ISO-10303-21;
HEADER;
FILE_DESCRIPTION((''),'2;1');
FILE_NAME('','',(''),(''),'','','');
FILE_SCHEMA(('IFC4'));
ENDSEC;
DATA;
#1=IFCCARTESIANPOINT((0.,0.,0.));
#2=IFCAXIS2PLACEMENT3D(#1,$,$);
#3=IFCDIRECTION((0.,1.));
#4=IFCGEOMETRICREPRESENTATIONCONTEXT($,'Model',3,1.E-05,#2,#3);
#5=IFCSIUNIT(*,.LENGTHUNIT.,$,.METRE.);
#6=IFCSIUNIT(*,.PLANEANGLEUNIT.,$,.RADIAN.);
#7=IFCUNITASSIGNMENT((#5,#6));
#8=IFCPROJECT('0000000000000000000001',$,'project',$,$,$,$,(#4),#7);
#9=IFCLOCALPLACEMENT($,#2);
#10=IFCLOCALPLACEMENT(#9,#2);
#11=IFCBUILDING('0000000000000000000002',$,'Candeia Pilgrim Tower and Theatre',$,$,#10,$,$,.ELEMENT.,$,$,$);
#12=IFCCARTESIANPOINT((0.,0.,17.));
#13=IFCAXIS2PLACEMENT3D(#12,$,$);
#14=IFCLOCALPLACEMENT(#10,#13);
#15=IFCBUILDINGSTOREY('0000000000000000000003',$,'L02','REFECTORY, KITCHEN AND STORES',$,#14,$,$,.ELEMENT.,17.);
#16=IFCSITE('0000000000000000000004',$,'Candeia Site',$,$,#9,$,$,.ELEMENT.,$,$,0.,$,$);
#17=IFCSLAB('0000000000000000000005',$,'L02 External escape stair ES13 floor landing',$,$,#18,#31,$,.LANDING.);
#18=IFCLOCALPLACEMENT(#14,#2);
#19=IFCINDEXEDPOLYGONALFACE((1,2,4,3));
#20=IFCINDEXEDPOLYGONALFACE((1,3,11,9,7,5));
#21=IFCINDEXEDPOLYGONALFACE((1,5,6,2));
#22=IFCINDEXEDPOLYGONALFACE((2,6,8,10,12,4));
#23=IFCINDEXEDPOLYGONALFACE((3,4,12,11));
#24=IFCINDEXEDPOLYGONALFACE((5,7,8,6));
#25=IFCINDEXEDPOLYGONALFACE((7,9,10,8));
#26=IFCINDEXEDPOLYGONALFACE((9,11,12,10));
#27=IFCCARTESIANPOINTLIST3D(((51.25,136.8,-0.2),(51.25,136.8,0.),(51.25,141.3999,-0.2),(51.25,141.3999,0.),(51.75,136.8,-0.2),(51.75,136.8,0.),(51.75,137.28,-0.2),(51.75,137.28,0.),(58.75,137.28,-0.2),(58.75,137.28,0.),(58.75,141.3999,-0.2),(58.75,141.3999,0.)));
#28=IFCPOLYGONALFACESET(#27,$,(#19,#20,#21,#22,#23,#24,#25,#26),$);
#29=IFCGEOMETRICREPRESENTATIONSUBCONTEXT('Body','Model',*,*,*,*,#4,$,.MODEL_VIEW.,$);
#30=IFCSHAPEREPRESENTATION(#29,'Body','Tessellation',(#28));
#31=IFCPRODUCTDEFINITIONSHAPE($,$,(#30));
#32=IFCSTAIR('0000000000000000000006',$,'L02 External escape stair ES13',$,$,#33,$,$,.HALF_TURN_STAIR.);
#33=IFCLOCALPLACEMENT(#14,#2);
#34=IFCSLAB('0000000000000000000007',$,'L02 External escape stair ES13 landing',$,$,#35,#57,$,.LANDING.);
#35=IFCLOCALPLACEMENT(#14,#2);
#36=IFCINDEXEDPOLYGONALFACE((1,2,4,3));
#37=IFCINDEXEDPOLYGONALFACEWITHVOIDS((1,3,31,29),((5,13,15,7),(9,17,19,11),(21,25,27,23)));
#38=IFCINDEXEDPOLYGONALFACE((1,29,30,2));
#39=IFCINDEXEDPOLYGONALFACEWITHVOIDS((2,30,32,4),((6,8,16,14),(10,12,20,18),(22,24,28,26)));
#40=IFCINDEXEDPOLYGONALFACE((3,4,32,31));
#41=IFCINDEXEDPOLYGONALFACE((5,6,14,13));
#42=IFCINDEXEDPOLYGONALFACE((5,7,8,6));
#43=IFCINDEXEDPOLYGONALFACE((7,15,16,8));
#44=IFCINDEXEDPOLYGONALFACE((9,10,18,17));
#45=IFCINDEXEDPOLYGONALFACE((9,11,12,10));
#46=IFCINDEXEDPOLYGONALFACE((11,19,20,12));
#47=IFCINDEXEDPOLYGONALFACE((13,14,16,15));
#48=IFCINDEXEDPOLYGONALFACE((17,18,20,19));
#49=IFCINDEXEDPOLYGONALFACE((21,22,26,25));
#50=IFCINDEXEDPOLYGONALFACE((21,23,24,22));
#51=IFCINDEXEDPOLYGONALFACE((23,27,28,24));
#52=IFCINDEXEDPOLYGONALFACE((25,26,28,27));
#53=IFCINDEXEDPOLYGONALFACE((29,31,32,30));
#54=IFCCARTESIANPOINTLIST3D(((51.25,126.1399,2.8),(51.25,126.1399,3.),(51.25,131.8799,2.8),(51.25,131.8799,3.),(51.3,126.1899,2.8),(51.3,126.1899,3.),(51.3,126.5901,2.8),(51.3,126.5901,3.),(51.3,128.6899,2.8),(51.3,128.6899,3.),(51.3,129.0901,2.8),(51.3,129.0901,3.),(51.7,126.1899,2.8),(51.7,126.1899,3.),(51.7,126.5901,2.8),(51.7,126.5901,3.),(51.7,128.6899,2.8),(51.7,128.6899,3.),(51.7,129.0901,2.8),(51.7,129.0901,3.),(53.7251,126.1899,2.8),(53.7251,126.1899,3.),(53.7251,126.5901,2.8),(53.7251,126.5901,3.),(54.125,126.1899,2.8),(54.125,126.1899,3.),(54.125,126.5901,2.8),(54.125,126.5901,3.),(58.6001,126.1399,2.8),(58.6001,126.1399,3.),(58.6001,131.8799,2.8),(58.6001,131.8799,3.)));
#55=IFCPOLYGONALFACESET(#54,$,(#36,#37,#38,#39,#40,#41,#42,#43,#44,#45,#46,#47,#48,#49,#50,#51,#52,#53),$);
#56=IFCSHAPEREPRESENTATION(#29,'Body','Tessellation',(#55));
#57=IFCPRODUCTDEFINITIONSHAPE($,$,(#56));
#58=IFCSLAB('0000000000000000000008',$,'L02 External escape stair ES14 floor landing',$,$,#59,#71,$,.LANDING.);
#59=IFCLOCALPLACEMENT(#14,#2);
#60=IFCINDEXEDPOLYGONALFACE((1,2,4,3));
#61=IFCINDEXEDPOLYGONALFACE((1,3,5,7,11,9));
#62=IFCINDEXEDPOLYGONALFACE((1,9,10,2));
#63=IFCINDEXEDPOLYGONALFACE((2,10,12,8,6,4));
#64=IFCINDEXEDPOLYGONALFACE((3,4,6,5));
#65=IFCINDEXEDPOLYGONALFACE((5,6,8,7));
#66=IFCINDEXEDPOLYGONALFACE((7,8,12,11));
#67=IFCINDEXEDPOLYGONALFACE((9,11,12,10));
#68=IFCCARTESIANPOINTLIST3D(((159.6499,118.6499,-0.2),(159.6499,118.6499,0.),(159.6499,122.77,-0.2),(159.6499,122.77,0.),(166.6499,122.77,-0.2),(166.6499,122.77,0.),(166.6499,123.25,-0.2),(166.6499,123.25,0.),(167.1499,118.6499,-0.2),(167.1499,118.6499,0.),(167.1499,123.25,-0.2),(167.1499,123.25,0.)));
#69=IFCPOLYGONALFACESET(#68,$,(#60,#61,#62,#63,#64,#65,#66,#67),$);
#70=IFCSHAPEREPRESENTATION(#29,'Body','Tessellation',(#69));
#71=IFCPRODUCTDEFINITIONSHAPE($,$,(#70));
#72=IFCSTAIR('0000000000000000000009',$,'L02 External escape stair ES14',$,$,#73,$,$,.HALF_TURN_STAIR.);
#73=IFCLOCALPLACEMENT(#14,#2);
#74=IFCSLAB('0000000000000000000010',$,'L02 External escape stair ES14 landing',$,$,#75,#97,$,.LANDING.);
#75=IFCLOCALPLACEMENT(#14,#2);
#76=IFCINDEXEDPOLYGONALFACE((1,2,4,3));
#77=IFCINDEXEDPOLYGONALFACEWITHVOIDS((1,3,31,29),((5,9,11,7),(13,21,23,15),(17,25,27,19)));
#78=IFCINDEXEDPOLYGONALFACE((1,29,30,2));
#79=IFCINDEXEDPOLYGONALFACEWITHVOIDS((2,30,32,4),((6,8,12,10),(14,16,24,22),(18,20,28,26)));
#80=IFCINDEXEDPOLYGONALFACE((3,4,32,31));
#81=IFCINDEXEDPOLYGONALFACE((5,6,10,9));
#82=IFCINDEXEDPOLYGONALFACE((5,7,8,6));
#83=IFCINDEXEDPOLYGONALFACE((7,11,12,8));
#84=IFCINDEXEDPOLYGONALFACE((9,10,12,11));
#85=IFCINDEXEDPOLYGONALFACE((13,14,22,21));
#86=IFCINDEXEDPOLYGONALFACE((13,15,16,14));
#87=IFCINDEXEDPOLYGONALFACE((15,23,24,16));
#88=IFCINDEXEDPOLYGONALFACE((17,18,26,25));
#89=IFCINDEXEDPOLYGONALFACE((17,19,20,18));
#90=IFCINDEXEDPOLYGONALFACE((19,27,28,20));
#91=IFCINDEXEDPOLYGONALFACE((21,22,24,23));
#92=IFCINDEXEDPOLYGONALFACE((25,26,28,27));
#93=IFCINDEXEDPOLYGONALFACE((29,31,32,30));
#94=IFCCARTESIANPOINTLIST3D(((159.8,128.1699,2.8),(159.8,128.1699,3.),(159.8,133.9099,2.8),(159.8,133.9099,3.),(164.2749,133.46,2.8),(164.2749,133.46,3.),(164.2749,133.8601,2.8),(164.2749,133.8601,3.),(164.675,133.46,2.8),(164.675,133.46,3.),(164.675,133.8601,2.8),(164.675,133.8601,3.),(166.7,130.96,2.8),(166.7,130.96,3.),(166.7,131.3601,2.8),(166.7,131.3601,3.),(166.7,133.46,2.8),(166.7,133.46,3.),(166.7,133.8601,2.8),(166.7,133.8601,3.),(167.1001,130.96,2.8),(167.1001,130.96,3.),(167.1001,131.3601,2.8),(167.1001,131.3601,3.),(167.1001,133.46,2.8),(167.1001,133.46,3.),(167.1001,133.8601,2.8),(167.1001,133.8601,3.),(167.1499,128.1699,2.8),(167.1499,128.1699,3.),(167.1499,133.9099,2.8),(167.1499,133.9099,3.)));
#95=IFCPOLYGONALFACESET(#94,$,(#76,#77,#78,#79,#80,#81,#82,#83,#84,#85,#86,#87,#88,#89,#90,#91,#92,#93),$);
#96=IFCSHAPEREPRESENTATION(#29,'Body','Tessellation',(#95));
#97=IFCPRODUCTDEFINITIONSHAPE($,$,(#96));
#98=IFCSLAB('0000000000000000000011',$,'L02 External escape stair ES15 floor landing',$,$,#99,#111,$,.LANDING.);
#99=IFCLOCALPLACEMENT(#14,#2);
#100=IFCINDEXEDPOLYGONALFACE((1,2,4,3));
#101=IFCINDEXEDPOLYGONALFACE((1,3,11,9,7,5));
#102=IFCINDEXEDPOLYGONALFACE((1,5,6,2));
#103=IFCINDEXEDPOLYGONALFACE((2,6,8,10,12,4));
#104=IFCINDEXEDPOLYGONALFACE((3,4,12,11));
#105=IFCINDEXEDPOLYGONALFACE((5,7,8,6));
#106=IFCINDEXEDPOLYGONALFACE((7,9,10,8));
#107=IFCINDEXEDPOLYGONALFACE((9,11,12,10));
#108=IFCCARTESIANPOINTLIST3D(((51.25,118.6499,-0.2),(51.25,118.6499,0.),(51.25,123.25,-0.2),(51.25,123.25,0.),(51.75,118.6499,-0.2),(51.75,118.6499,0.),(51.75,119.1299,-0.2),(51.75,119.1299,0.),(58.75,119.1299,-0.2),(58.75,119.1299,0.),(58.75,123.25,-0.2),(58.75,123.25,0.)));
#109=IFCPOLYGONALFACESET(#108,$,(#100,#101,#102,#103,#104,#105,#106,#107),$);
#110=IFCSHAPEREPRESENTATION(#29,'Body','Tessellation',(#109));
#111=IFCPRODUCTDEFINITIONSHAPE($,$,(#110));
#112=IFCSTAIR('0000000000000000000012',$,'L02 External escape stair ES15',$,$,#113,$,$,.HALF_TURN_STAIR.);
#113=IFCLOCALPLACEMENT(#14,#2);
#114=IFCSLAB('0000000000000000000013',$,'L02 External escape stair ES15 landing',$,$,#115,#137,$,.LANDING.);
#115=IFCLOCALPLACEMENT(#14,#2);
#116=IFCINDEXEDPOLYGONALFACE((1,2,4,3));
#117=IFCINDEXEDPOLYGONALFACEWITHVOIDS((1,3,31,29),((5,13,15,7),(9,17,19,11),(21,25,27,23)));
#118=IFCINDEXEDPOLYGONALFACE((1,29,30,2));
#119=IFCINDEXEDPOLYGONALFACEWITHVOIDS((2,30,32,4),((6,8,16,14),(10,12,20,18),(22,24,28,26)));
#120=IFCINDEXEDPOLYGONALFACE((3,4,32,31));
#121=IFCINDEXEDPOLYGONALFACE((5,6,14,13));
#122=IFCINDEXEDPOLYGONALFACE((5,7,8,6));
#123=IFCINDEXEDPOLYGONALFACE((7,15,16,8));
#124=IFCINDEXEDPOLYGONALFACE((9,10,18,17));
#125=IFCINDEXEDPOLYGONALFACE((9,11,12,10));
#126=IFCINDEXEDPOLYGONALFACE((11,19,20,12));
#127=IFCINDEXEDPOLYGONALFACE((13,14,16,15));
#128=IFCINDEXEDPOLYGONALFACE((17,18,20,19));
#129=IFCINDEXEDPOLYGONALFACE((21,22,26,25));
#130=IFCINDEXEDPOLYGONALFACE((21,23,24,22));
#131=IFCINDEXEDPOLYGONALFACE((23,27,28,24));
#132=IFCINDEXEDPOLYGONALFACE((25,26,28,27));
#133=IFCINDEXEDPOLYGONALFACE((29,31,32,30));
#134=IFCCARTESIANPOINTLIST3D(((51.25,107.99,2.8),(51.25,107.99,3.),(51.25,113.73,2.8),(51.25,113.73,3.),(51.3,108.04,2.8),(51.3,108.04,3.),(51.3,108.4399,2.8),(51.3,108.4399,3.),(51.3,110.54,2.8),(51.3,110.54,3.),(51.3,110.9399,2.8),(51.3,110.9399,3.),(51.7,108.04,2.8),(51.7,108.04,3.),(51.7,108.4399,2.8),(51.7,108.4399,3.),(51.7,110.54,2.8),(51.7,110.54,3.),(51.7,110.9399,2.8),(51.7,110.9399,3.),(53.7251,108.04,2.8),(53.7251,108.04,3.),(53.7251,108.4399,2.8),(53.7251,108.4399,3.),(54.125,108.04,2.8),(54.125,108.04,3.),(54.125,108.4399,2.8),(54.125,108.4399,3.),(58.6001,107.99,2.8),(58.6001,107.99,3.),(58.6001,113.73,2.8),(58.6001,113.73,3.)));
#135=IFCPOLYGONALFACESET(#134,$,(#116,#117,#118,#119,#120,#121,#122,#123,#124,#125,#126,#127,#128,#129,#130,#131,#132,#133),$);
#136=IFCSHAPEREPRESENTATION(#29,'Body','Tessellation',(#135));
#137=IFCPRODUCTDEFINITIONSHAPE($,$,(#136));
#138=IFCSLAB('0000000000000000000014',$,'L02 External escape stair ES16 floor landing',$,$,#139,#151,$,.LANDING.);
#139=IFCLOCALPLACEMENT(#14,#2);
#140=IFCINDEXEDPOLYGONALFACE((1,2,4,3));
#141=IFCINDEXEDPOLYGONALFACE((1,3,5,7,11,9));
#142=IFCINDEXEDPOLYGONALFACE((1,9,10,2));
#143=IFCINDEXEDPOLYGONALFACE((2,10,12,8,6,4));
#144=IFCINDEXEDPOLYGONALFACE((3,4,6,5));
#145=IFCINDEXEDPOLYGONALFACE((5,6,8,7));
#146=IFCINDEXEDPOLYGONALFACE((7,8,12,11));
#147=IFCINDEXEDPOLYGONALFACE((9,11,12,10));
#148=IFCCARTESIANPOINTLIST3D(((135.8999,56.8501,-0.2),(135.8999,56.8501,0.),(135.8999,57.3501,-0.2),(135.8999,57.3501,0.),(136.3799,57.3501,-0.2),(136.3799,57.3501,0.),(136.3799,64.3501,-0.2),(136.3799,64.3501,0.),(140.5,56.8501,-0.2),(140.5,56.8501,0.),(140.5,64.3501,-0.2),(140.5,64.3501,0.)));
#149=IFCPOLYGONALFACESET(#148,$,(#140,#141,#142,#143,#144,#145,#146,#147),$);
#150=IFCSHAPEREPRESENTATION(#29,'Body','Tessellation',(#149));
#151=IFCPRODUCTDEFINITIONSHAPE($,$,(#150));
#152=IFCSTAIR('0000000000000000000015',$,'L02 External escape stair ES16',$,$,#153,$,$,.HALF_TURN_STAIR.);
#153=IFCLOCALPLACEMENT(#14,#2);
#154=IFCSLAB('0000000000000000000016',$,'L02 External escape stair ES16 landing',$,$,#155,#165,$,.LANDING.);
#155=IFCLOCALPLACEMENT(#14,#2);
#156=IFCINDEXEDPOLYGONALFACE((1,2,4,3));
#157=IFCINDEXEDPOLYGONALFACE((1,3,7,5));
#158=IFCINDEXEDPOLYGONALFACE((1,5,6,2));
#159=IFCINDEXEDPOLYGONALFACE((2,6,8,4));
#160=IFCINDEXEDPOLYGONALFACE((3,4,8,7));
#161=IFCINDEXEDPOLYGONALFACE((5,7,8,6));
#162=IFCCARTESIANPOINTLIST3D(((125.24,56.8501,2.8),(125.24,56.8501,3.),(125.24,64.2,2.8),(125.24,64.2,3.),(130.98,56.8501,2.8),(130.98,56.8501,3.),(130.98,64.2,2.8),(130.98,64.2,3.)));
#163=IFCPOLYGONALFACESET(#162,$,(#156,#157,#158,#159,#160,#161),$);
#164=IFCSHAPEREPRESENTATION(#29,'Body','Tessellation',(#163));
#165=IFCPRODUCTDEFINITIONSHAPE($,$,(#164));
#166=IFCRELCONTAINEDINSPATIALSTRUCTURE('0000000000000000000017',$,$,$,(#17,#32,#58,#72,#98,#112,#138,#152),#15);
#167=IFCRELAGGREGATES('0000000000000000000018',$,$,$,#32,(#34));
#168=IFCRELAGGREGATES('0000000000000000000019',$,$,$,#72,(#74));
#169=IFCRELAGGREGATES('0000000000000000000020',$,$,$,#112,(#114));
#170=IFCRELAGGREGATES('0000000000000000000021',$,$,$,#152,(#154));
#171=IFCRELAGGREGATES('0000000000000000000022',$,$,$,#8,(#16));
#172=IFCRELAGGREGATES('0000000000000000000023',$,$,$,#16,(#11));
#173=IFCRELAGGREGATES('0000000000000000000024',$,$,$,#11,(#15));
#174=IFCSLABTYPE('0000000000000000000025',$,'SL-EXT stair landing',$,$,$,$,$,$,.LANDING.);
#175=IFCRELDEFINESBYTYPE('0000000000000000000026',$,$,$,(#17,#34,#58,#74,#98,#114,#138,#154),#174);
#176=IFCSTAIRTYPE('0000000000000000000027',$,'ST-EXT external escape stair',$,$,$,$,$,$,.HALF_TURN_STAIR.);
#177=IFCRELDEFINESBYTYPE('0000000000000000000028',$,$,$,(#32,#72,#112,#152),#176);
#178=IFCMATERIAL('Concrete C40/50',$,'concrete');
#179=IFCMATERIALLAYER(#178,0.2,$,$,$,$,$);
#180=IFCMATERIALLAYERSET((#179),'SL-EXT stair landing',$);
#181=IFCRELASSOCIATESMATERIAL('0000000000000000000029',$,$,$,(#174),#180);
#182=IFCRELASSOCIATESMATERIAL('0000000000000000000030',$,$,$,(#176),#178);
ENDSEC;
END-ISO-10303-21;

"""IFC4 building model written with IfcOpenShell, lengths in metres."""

from ifc_helpers import new_model, si_unit, direction, frame, origin, place, context, subcontext, project, spatial, polyline, outline, extrude, material, layer, layer_set, type_object, element, aggregate, save


model = new_model("IFC4")

# Units and contexts
model_context = context("Model", 3, precision=1e-05, world=origin(), true_north=direction((0.0, 1.0)))
body_context = subcontext(model_context, "Body", "Model", "MODEL_VIEW")
ifc_project = project(units=[si_unit("LENGTHUNIT", "METRE"), si_unit("PLANEANGLEUNIT", "RADIAN")], contexts=[model_context])

# Site, building, storey
site_placement = place(None, origin())
site = spatial("IfcSite", under=ifc_project, at=site_placement, Name="Candeia Site", CompositionType="ELEMENT", RefElevation=0.0)
building_placement = place(site_placement, origin())
building = spatial("IfcBuilding", under=site, at=building_placement, Name="Candeia Pilgrim Tower and Theatre", CompositionType="ELEMENT")
storey_placement = place(building_placement, frame((0.0, 0.0, 17.0)))
storey = spatial("IfcBuildingStorey", under=building, at=storey_placement, Name="L02", Description="REFECTORY, KITCHEN AND STORES", CompositionType="ELEMENT", Elevation=17.0)

# Shared definitions
ifc_material_1 = material(Name="Concrete C40/50", Category="concrete")

# Shared definitions
ifc_layer = layer(ifc_material_1, 0.2)
ifc_layer_set = layer_set([ifc_layer], Name="SL-EXT stair landing")
slab_type = type_object("IfcSlabType", Name="SL-EXT stair landing", PredefinedType="LANDING", material=ifc_layer_set)

# Shared definitions
stair_type = type_object("IfcStairType", Name="ST-EXT external escape stair", PredefinedType="HALF_TURN_STAIR", material=ifc_material_1)

# Slab
slab_1_placement = place(storey_placement, frame((0.0, 0.0, -0.2)))
element("IfcSlab", 1, at=slab_1_placement, inside=storey, type_object=slab_type, Name="L02 External escape stair ES13 floor landing", PredefinedType="LANDING", context=body_context, shape_type="SweptSolid", body=[
    extrude(outline(polyline([(58.75, 141.3999), (58.75, 137.28), (51.75, 137.28), (51.75, 136.8), (51.25, 136.8), (51.25, 141.3999), (58.75, 141.3999)])), origin(), (0.0, 0.0, 1.0), 0.2),
])

# Stair, slab
stair_1_placement = place(storey_placement, origin())
stair_1 = element("IfcStair", 2, at=stair_1_placement, inside=storey, type_object=stair_type, Name="L02 External escape stair ES13", PredefinedType="HALF_TURN_STAIR")
slab_2_placement = place(storey_placement, frame((0.0, 0.0, 2.8)))
slab_2 = element("IfcSlab", 3, at=slab_2_placement, type_object=slab_type, Name="L02 External escape stair ES13 landing", PredefinedType="LANDING", context=body_context, shape_type="SweptSolid", body=[
    extrude(outline(polyline([(58.6001, 131.8799), (58.6001, 126.1399), (51.25, 126.1399), (51.25, 131.8799), (58.6001, 131.8799)]), holes=[polyline([(51.3, 128.6899), (51.7, 128.6899), (51.7, 129.0901), (51.3, 129.0901), (51.3, 128.6899)]), polyline([(51.3, 126.1899), (51.7, 126.1899), (51.7, 126.5901), (51.3, 126.5901), (51.3, 126.1899)]), polyline([(53.7251, 126.1899), (54.125, 126.1899), (54.125, 126.5901), (53.7251, 126.5901), (53.7251, 126.1899)])]), origin(), (0.0, 0.0, 1.0), 0.2),
])
aggregate(stair_1, [slab_2])

# Slab
slab_3_placement = place(storey_placement, frame((0.0, 0.0, -0.2)))
element("IfcSlab", 4, at=slab_3_placement, inside=storey, type_object=slab_type, Name="L02 External escape stair ES14 floor landing", PredefinedType="LANDING", context=body_context, shape_type="SweptSolid", body=[
    extrude(outline(polyline([(159.6499, 118.6499), (159.6499, 122.77), (166.6499, 122.77), (166.6499, 123.25), (167.1499, 123.25), (167.1499, 118.6499), (159.6499, 118.6499)])), origin(), (0.0, 0.0, 1.0), 0.2),
])

# Stair, slab
stair_2_placement = place(storey_placement, origin())
stair_2 = element("IfcStair", 5, at=stair_2_placement, inside=storey, type_object=stair_type, Name="L02 External escape stair ES14", PredefinedType="HALF_TURN_STAIR")
slab_4_placement = place(storey_placement, frame((0.0, 0.0, 2.8)))
slab_4 = element("IfcSlab", 6, at=slab_4_placement, type_object=slab_type, Name="L02 External escape stair ES14 landing", PredefinedType="LANDING", context=body_context, shape_type="SweptSolid", body=[
    extrude(outline(polyline([(159.8, 128.1699), (159.8, 133.9099), (167.1499, 133.9099), (167.1499, 128.1699), (159.8, 128.1699)]), holes=[polyline([(166.7, 130.96), (167.1001, 130.96), (167.1001, 131.3601), (166.7, 131.3601), (166.7, 130.96)]), polyline([(166.7, 133.46), (167.1001, 133.46), (167.1001, 133.8601), (166.7, 133.8601), (166.7, 133.46)]), polyline([(164.2749, 133.46), (164.675, 133.46), (164.675, 133.8601), (164.2749, 133.8601), (164.2749, 133.46)])]), origin(), (0.0, 0.0, 1.0), 0.2),
])
aggregate(stair_2, [slab_4])

# Slab
slab_5_placement = place(storey_placement, frame((0.0, 0.0, -0.2)))
element("IfcSlab", 7, at=slab_5_placement, inside=storey, type_object=slab_type, Name="L02 External escape stair ES15 floor landing", PredefinedType="LANDING", context=body_context, shape_type="SweptSolid", body=[
    extrude(outline(polyline([(58.75, 123.25), (58.75, 119.1299), (51.75, 119.1299), (51.75, 118.6499), (51.25, 118.6499), (51.25, 123.25), (58.75, 123.25)])), origin(), (0.0, 0.0, 1.0), 0.2),
])

# Stair, slab
stair_3_placement = place(storey_placement, origin())
stair_3 = element("IfcStair", 8, at=stair_3_placement, inside=storey, type_object=stair_type, Name="L02 External escape stair ES15", PredefinedType="HALF_TURN_STAIR")
slab_6_placement = place(storey_placement, frame((0.0, 0.0, 2.8)))
slab_6 = element("IfcSlab", 9, at=slab_6_placement, type_object=slab_type, Name="L02 External escape stair ES15 landing", PredefinedType="LANDING", context=body_context, shape_type="SweptSolid", body=[
    extrude(outline(polyline([(58.6001, 113.73), (58.6001, 107.99), (51.25, 107.99), (51.25, 113.73), (58.6001, 113.73)]), holes=[polyline([(51.3, 110.54), (51.7, 110.54), (51.7, 110.9399), (51.3, 110.9399), (51.3, 110.54)]), polyline([(51.3, 108.04), (51.7, 108.04), (51.7, 108.4399), (51.3, 108.4399), (51.3, 108.04)]), polyline([(53.7251, 108.04), (54.125, 108.04), (54.125, 108.4399), (53.7251, 108.4399), (53.7251, 108.04)])]), origin(), (0.0, 0.0, 1.0), 0.2),
])
aggregate(stair_3, [slab_6])

# Slab
slab_7_placement = place(storey_placement, frame((0.0, 0.0, -0.2)))
element("IfcSlab", 10, at=slab_7_placement, inside=storey, type_object=slab_type, Name="L02 External escape stair ES16 floor landing", PredefinedType="LANDING", context=body_context, shape_type="SweptSolid", body=[
    extrude(outline(polyline([(140.5, 64.3501), (136.3799, 64.3501), (136.3799, 57.3501), (135.8999, 57.3501), (135.8999, 56.8501), (140.5, 56.8501), (140.5, 64.3501)])), origin(), (0.0, 0.0, 1.0), 0.2),
])

# Stair, slab
stair_4_placement = place(storey_placement, origin())
stair_4 = element("IfcStair", 11, at=stair_4_placement, inside=storey, type_object=stair_type, Name="L02 External escape stair ES16", PredefinedType="HALF_TURN_STAIR")
slab_8_placement = place(storey_placement, frame((0.0, 0.0, 2.8)))
slab_8 = element("IfcSlab", 12, at=slab_8_placement, type_object=slab_type, Name="L02 External escape stair ES16 landing", PredefinedType="LANDING", context=body_context, shape_type="SweptSolid", body=[
    extrude(outline(polyline([(130.98, 64.2), (125.24, 64.2), (125.24, 56.8501), (130.98, 56.8501), (130.98, 64.2)])), origin(), (0.0, 0.0, 1.0), 0.2),
])
aggregate(stair_4, [slab_8])

save(model, "model.ifc")
